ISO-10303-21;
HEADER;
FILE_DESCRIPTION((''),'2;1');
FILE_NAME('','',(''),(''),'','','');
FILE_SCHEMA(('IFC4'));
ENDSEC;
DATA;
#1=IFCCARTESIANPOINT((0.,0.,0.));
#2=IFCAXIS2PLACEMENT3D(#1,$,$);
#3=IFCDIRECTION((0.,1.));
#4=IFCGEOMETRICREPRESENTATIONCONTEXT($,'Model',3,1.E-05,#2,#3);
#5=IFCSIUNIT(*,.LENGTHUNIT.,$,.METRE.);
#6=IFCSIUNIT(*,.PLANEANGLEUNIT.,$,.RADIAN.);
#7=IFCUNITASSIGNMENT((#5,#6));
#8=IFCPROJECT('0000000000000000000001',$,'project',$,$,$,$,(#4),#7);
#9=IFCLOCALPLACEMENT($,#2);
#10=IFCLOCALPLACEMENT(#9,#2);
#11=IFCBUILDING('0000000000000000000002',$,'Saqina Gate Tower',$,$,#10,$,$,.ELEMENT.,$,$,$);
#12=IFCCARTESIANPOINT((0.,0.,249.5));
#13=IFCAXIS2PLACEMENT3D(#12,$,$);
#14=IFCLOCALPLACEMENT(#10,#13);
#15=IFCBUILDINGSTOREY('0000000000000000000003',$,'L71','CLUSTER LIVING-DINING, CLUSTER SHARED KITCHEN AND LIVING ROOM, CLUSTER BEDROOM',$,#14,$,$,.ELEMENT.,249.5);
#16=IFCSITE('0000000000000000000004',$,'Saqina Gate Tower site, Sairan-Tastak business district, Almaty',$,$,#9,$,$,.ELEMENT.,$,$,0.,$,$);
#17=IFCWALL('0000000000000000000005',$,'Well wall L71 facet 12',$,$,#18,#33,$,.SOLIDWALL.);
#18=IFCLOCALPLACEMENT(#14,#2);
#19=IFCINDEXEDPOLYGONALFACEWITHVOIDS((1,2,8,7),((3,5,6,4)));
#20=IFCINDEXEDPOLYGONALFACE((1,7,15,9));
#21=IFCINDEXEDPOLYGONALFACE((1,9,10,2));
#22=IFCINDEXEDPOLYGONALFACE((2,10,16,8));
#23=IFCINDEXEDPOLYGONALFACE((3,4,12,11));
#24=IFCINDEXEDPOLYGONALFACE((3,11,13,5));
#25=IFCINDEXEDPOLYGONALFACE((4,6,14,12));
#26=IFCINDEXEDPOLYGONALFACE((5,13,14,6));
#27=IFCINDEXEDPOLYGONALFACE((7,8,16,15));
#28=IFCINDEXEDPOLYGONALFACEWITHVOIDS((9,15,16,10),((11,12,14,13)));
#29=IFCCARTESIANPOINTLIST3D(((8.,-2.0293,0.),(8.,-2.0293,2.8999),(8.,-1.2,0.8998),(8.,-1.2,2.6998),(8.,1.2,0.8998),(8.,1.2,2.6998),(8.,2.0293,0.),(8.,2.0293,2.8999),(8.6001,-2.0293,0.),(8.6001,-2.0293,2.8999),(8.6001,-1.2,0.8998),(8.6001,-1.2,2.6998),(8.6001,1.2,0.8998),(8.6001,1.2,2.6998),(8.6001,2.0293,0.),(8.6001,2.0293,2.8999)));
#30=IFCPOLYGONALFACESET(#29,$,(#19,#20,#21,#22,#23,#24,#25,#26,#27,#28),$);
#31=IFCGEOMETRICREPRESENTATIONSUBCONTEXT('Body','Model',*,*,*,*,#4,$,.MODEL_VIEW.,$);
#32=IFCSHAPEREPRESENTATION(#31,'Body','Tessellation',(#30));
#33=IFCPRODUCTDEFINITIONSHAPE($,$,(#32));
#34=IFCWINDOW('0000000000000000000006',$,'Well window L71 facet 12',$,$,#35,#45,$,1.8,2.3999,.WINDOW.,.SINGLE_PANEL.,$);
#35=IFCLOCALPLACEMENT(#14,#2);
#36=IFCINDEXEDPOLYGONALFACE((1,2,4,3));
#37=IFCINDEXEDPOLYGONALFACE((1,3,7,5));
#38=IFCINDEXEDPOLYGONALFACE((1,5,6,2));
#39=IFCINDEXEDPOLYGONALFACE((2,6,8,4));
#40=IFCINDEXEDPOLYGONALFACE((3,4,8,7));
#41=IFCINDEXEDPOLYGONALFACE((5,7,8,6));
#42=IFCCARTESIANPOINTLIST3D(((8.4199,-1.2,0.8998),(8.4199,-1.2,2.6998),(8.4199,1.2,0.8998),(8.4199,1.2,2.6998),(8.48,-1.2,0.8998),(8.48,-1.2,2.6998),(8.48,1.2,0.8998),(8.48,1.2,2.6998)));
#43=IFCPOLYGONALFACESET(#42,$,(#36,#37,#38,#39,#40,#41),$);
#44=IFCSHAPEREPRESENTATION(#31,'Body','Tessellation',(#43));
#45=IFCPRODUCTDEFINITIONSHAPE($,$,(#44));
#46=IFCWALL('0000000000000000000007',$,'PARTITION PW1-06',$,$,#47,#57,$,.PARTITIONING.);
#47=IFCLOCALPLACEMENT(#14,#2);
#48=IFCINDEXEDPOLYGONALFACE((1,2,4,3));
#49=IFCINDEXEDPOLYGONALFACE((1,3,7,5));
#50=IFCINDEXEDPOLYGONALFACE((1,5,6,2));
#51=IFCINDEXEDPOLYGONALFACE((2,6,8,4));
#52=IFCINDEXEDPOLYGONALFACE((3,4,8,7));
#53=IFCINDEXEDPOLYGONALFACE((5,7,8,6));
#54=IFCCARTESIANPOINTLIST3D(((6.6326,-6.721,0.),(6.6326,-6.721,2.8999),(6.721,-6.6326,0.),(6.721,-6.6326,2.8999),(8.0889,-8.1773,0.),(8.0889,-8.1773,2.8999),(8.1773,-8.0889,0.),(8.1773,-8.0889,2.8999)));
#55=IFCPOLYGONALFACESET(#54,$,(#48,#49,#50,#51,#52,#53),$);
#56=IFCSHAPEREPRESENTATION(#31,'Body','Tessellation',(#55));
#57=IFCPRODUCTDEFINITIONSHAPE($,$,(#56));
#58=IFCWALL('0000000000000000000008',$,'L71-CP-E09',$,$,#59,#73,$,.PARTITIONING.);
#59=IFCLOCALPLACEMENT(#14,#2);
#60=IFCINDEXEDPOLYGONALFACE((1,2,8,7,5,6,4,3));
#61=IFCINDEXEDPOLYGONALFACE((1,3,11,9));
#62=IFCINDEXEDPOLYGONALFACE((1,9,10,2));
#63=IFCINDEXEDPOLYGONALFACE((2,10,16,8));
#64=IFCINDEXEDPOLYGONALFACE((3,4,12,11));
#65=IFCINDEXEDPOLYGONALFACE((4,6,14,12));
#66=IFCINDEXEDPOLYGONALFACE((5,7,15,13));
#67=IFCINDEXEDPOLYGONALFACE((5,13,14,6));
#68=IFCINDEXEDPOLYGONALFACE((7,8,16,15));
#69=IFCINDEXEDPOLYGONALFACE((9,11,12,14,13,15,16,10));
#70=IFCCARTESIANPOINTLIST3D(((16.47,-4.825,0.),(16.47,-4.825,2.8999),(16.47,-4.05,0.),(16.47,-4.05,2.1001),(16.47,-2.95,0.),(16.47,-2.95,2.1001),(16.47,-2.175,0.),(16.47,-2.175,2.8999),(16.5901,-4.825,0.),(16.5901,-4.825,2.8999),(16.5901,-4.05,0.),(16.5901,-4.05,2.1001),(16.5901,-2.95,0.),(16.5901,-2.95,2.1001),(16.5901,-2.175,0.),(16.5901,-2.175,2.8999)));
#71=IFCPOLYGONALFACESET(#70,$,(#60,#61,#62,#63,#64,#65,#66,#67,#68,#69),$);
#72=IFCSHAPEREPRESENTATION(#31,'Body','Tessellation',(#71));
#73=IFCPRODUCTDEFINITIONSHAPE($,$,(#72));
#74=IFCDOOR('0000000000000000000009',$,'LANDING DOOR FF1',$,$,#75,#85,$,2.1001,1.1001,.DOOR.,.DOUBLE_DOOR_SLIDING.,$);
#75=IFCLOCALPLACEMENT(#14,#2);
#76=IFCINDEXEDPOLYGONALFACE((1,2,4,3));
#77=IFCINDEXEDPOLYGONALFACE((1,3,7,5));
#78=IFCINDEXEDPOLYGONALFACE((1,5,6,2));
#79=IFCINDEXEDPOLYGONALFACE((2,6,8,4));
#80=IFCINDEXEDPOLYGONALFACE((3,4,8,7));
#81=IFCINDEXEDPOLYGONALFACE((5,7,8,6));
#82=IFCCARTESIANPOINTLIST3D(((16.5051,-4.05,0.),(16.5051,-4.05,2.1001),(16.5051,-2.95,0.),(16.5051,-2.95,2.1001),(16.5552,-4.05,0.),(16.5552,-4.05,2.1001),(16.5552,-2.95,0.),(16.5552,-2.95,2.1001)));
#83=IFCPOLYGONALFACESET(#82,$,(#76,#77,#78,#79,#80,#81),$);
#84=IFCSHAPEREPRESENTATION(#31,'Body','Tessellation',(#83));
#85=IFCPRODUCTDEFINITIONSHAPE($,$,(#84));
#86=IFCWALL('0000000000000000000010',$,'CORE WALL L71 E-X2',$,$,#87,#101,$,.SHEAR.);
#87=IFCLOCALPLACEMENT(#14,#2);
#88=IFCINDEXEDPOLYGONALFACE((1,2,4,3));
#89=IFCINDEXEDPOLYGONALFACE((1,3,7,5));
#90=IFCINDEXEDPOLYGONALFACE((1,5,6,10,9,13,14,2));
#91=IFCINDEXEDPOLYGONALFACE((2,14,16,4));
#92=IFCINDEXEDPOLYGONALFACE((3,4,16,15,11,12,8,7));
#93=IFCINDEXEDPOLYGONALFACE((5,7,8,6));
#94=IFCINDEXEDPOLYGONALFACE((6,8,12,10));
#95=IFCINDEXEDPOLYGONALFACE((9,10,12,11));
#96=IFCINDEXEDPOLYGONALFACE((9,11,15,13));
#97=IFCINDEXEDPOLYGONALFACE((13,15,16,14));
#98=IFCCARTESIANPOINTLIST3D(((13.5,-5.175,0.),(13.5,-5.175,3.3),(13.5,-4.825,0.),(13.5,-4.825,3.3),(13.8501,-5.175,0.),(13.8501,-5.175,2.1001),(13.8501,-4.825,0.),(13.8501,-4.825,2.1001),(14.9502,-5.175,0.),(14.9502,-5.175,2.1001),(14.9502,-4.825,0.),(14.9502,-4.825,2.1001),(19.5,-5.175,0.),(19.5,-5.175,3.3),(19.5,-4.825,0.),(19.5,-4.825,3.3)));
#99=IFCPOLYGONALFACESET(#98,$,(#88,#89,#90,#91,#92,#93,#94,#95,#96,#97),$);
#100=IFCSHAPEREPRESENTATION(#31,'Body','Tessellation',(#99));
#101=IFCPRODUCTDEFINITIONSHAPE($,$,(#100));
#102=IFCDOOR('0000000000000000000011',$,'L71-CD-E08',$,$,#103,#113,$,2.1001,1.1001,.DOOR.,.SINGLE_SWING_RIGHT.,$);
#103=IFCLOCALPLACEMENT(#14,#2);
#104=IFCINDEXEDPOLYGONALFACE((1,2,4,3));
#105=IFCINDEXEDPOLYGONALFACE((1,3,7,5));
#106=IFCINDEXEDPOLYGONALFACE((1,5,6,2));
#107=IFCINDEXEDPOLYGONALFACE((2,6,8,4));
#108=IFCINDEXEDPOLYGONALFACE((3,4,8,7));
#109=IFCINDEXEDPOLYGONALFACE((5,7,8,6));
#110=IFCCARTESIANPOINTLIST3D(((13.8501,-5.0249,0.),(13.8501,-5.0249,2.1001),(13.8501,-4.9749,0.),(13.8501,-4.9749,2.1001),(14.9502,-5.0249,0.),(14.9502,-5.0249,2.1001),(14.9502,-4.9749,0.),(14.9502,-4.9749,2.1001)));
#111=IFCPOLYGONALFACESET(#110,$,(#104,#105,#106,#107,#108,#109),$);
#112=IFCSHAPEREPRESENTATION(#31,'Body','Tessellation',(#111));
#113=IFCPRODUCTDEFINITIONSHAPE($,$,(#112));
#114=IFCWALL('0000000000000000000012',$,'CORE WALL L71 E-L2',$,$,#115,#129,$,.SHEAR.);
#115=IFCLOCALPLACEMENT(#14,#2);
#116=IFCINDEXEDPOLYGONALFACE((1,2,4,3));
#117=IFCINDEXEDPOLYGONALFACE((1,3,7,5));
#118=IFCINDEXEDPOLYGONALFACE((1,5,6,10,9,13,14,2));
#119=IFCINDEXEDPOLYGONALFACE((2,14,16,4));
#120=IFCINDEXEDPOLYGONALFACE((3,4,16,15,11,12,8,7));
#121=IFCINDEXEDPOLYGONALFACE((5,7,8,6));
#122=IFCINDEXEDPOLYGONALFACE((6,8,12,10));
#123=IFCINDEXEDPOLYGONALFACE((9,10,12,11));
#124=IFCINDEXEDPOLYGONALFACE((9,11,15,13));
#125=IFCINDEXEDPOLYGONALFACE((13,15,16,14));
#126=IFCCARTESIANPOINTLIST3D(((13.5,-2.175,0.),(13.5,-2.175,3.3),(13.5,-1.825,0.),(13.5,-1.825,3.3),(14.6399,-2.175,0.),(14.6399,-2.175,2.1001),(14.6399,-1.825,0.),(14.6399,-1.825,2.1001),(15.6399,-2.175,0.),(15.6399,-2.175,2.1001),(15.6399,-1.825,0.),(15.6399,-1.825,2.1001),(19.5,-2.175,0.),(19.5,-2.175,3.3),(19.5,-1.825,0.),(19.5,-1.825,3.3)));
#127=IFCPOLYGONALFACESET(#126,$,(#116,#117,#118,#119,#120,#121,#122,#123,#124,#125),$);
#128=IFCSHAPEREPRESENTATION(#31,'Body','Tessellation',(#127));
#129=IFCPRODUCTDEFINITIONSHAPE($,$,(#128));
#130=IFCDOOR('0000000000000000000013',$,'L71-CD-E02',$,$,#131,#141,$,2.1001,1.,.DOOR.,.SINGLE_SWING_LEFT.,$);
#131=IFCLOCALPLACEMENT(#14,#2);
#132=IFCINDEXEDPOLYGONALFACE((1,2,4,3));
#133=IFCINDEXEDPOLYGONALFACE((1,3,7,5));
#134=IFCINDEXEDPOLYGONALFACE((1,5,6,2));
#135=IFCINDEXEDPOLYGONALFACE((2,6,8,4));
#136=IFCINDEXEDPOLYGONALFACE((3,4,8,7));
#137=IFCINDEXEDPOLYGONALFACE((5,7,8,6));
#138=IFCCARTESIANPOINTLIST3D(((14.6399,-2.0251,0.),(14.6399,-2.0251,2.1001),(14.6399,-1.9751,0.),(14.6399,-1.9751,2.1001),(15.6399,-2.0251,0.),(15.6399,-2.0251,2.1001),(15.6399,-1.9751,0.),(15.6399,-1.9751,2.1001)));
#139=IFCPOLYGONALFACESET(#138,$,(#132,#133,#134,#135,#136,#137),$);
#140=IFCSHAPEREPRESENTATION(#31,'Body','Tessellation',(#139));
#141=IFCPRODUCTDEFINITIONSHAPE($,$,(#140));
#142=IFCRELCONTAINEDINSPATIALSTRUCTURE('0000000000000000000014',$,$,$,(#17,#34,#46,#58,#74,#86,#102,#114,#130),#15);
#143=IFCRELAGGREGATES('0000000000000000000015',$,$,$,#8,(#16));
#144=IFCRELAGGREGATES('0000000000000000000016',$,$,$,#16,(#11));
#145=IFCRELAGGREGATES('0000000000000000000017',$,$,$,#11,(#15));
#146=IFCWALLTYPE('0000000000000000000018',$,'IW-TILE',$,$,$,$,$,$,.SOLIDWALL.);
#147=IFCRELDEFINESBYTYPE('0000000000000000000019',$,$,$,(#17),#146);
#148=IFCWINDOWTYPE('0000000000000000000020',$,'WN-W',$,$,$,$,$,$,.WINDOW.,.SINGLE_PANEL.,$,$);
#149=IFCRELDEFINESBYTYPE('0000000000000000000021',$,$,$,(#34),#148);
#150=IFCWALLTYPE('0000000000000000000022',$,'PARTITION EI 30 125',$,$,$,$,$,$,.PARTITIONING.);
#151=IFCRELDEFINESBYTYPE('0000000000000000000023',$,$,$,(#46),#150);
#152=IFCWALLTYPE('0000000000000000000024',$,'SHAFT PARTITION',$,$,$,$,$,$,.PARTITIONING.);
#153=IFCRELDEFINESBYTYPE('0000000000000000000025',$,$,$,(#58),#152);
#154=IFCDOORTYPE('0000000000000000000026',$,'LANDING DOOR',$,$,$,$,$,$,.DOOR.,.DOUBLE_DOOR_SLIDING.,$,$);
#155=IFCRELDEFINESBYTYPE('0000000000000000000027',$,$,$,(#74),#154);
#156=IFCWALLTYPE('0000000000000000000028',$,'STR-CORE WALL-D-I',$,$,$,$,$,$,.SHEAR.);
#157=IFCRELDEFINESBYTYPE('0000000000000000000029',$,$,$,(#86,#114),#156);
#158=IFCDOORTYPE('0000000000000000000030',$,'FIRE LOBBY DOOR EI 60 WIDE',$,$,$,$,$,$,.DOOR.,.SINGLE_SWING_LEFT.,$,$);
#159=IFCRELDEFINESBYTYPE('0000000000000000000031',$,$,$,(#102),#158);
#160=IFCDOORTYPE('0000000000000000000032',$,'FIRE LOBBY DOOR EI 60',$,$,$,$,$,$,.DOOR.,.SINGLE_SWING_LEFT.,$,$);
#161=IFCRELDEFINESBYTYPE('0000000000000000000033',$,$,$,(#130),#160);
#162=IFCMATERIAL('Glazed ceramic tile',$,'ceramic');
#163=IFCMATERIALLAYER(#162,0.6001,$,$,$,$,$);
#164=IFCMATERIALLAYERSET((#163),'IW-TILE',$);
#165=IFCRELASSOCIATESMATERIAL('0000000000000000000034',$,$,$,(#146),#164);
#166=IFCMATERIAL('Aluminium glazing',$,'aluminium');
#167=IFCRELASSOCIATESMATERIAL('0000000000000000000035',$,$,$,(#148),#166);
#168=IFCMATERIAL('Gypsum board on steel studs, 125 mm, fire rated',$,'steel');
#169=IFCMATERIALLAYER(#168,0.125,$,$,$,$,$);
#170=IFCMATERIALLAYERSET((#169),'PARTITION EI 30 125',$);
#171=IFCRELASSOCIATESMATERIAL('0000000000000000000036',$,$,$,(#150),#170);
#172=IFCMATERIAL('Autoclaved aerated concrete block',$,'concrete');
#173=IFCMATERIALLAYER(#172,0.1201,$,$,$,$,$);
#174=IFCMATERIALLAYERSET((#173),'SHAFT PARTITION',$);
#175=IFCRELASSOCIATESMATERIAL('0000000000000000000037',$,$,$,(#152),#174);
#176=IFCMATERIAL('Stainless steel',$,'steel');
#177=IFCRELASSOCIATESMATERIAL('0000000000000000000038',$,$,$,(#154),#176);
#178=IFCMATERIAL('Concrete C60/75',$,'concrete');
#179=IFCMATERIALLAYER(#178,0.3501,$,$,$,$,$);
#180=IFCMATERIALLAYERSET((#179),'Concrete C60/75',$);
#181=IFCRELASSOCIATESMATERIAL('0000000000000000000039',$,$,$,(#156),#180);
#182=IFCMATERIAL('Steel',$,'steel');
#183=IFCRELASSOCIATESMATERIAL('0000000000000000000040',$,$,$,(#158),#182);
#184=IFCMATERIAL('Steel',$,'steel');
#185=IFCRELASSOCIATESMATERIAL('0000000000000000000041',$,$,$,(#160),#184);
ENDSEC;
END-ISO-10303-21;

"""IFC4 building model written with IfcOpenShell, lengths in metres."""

from ifc_helpers import new_model, si_unit, direction, frame, frame_2d, origin, place, context, subcontext, project, spatial, rectangle, extrude, material, layer, layer_set, type_object, element, fill, save


model = new_model("IFC4")

# Units and contexts
model_context = context("Model", 3, precision=1e-05, world=origin(), true_north=direction((0.0, 1.0)))
body_context = subcontext(model_context, "Body", "Model", "MODEL_VIEW")
ifc_project = project(units=[si_unit("LENGTHUNIT", "METRE"), si_unit("PLANEANGLEUNIT", "RADIAN")], contexts=[model_context])

# Site, building, storey
site_placement = place(None, origin())
site = spatial("IfcSite", under=ifc_project, at=site_placement, Name="Saqina Gate Tower site, Sairan-Tastak business district, Almaty", CompositionType="ELEMENT", RefElevation=0.0)
building_placement = place(site_placement, origin())
building = spatial("IfcBuilding", under=site, at=building_placement, Name="Saqina Gate Tower", CompositionType="ELEMENT")
storey_placement = place(building_placement, frame((0.0, 0.0, 249.5)))
storey = spatial("IfcBuildingStorey", under=building, at=storey_placement, Name="L71", Description="CLUSTER LIVING-DINING, CLUSTER SHARED KITCHEN AND LIVING ROOM, CLUSTER BEDROOM", CompositionType="ELEMENT", Elevation=249.5)

# Wall, opening, window
ifc_material_1 = material(Name="Glazed ceramic tile", Category="ceramic")
ifc_layer_1 = layer(ifc_material_1, 0.6001)
ifc_layer_set_1 = layer_set([ifc_layer_1], Name="IW-TILE")
wall_type_1 = type_object("IfcWallType", Name="IW-TILE", PredefinedType="SOLIDWALL", material=ifc_layer_set_1)
ifc_material_2 = material(Name="Aluminium glazing", Category="aluminium")
window_type = type_object("IfcWindowType", Name="WN-W", PartitioningType="SINGLE_PANEL", PredefinedType="WINDOW", material=ifc_material_2)
wall_1_placement = place(storey_placement, frame((8.3, -2.0293, 0.0), z_axis=(0.0, 0.0, 1.0), x_axis=(0.0, 1.0, 0.0)))
wall_1 = element("IfcWall", 1, at=wall_1_placement, inside=storey, type_object=wall_type_1, Name="Well wall L71 facet 12", PredefinedType="SOLIDWALL", context=body_context, shape_type="SweptSolid", body=[
    extrude(rectangle(XDim=4.0586, YDim=0.6001, at=frame_2d((2.0293, 0.0))), origin(), (0.0, 0.0, 1.0), 2.8999),
])
opening_1_placement = place(wall_1_placement, frame((0.8293, 0.0, 0.8999)))
opening_1 = element("IfcOpeningElement", 2, at=opening_1_placement, cuts=wall_1, PredefinedType="OPENING", context=body_context, shape_type="SweptSolid", body=[
    extrude(rectangle(XDim=2.3999, YDim=1.8, at=frame_2d((1.2, 0.8999))), frame((0.0, 0.312, 0.0), z_axis=(0.0, -1.0, 0.0), x_axis=(1.0, 0.0, 0.0)), (0.0, 0.0, 1.0), 0.624),
])
window_1_placement = place(opening_1_placement, origin())
window_1 = element("IfcWindow", 3, at=window_1_placement, inside=storey, type_object=window_type, Name="Well window L71 facet 12", OverallHeight=1.8, OverallWidth=2.3999, PartitioningType="SINGLE_PANEL", PredefinedType="WINDOW", context=body_context, shape_type="SweptSolid", body=[
    extrude(rectangle(XDim=2.3999, YDim=1.8, at=frame_2d((1.2, 0.8999))), frame((0.0, -0.1199, 0.0), z_axis=(0.0, -1.0, 0.0), x_axis=(1.0, 0.0, 0.0)), (0.0, 0.0, 1.0), 0.0601),
])
fill(opening_1, window_1)

# Wall
ifc_material_3 = material(Name="Gypsum board on steel studs, 125 mm, fire rated", Category="steel")
ifc_layer_2 = layer(ifc_material_3, 0.125)
ifc_layer_set_2 = layer_set([ifc_layer_2], Name="PARTITION EI 30 125")
wall_type_2 = type_object("IfcWallType", Name="PARTITION EI 30 125", PredefinedType="PARTITIONING", material=ifc_layer_set_2)
wall_2_placement = place(storey_placement, frame((6.6768, -6.6768, 0.0), z_axis=(0.0, 0.0, 1.0), x_axis=(0.707107, -0.707107, 0.0)))
element("IfcWall", 4, at=wall_2_placement, inside=storey, type_object=wall_type_2, Name="PARTITION PW1-06", PredefinedType="PARTITIONING", context=body_context, shape_type="SweptSolid", body=[
    extrude(rectangle(XDim=2.0596, YDim=0.125, at=frame_2d((1.0298, 0.0))), origin(), (0.0, 0.0, 1.0), 2.8999),
])

# Walls, openings, doors
ifc_material_4 = material(Name="Autoclaved aerated concrete block", Category="concrete")
ifc_layer_3 = layer(ifc_material_4, 0.1201)
ifc_layer_set_3 = layer_set([ifc_layer_3], Name="SHAFT PARTITION")
wall_type_3 = type_object("IfcWallType", Name="SHAFT PARTITION", PredefinedType="PARTITIONING", material=ifc_layer_set_3)
wall_3_placement = place(storey_placement, frame((16.53, -4.825, 0.0), z_axis=(0.0, 0.0, 1.0), x_axis=(0.0, 1.0, 0.0)))
wall_3 = element("IfcWall", 5, at=wall_3_placement, inside=storey, type_object=wall_type_3, Name="L71-CP-E09", PredefinedType="PARTITIONING", context=body_context, shape_type="SweptSolid", body=[
    extrude(rectangle(XDim=2.6499, YDim=0.1201, at=frame_2d((1.325, 0.0))), origin(), (0.0, 0.0, 1.0), 2.8999),
])
opening_2_placement = place(wall_3_placement, frame((0.7749, 0.0, 0.0)))
opening_2 = element("IfcOpeningElement", 6, at=opening_2_placement, cuts=wall_3, PredefinedType="OPENING", context=body_context, shape_type="SweptSolid", body=[
    extrude(rectangle(XDim=1.1001, YDim=2.1001, at=frame_2d((0.55, 1.05))), frame((0.0, 0.072, 0.0), z_axis=(0.0, -1.0, 0.0), x_axis=(1.0, 0.0, 0.0)), (0.0, 0.0, 1.0), 0.144),
])
ifc_material_5 = material(Name="Stainless steel", Category="steel")
door_type_1 = type_object("IfcDoorType", Name="LANDING DOOR", OperationType="DOUBLE_DOOR_SLIDING", PredefinedType="DOOR", material=ifc_material_5)
door_1_placement = place(opening_2_placement, origin())
door_1 = element("IfcDoor", 7, at=door_1_placement, inside=storey, type_object=door_type_1, Name="LANDING DOOR FF1", OperationType="DOUBLE_DOOR_SLIDING", OverallHeight=2.1001, OverallWidth=1.1001, PredefinedType="DOOR", context=body_context, shape_type="SweptSolid", body=[
    extrude(rectangle(XDim=1.1001, YDim=2.1001, at=frame_2d((0.55, 1.05))), frame((0.0, 0.0249, 0.0), z_axis=(0.0, -1.0, 0.0), x_axis=(1.0, 0.0, 0.0)), (0.0, 0.0, 1.0), 0.05),
])
fill(opening_2, door_1)
ifc_material_6 = material(Name="Concrete C60/75", Category="concrete")
ifc_layer_4 = layer(ifc_material_6, 0.3501)
ifc_layer_set_4 = layer_set([ifc_layer_4], Name="Concrete C60/75")
wall_type_4 = type_object("IfcWallType", Name="STR-CORE WALL-D-I", PredefinedType="SHEAR", material=ifc_layer_set_4)
wall_4_placement = place(storey_placement, frame((13.5, -5.0, 0.0), z_axis=(0.0, 0.0, 1.0), x_axis=(1.0, 0.0, 0.0)))
wall_4 = element("IfcWall", 8, at=wall_4_placement, inside=storey, type_object=wall_type_4, Name="CORE WALL L71 E-X2", PredefinedType="SHEAR", context=body_context, shape_type="SweptSolid", body=[
    extrude(rectangle(XDim=6.0, YDim=0.3501, at=frame_2d((3.0, 0.0))), origin(), (0.0, 0.0, 1.0), 3.3),
])
opening_3_placement = place(wall_4_placement, frame((0.3501, 0.0, 0.0)))
opening_3 = element("IfcOpeningElement", 9, at=opening_3_placement, cuts=wall_4, PredefinedType="OPENING", context=body_context, shape_type="SweptSolid", body=[
    extrude(rectangle(XDim=1.1001, YDim=2.1001, at=frame_2d((0.55, 1.05))), frame((0.0, 0.187, 0.0), z_axis=(0.0, -1.0, 0.0), x_axis=(1.0, 0.0, 0.0)), (0.0, 0.0, 1.0), 0.374),
])
ifc_material_7 = material(Name="Steel", Category="steel")
door_type_2 = type_object("IfcDoorType", Name="FIRE LOBBY DOOR EI 60 WIDE", OperationType="SINGLE_SWING_LEFT", PredefinedType="DOOR", material=ifc_material_7)
door_2_placement = place(opening_3_placement, frame((1.1001, 0.0, 0.0), z_axis=(0.0, 0.0, 1.0), x_axis=(-1.0, 0.0, 0.0)))
door_2 = element("IfcDoor", 10, at=door_2_placement, inside=storey, type_object=door_type_2, Name="L71-CD-E08", OperationType="SINGLE_SWING_RIGHT", OverallHeight=2.1001, OverallWidth=1.1001, PredefinedType="DOOR", context=body_context, shape_type="SweptSolid", body=[
    extrude(rectangle(XDim=1.1001, YDim=2.1001, at=frame_2d((0.55, 1.05))), frame((0.0, 0.0249, 0.0), z_axis=(0.0, -1.0, 0.0), x_axis=(1.0, 0.0, 0.0)), (0.0, 0.0, 1.0), 0.05),
])
fill(opening_3, door_2)
wall_5_placement = place(storey_placement, frame((13.5, -2.0, 0.0), z_axis=(0.0, 0.0, 1.0), x_axis=(1.0, 0.0, 0.0)))
wall_5 = element("IfcWall", 11, at=wall_5_placement, inside=storey, type_object=wall_type_4, Name="CORE WALL L71 E-L2", PredefinedType="SHEAR", context=body_context, shape_type="SweptSolid", body=[
    extrude(rectangle(XDim=6.0, YDim=0.3501, at=frame_2d((3.0, 0.0))), origin(), (0.0, 0.0, 1.0), 3.3),
])
opening_4_placement = place(wall_5_placement, frame((1.1399, 0.0, 0.0)))
opening_4 = element("IfcOpeningElement", 12, at=opening_4_placement, cuts=wall_5, PredefinedType="OPENING", context=body_context, shape_type="SweptSolid", body=[
    extrude(rectangle(XDim=1.0, YDim=2.1001, at=frame_2d((0.5, 1.05))), frame((0.0, 0.187, 0.0), z_axis=(0.0, -1.0, 0.0), x_axis=(1.0, 0.0, 0.0)), (0.0, 0.0, 1.0), 0.374),
])
ifc_material_8 = material(Name="Steel", Category="steel")
door_type_3 = type_object("IfcDoorType", Name="FIRE LOBBY DOOR EI 60", OperationType="SINGLE_SWING_LEFT", PredefinedType="DOOR", material=ifc_material_8)
door_3_placement = place(opening_4_placement, origin())
door_3 = element("IfcDoor", 13, at=door_3_placement, inside=storey, type_object=door_type_3, Name="L71-CD-E02", OperationType="SINGLE_SWING_LEFT", OverallHeight=2.1001, OverallWidth=1.0, PredefinedType="DOOR", context=body_context, shape_type="SweptSolid", body=[
    extrude(rectangle(XDim=1.0, YDim=2.1001, at=frame_2d((0.5, 1.05))), frame((0.0, 0.0249, 0.0), z_axis=(0.0, -1.0, 0.0), x_axis=(1.0, 0.0, 0.0)), (0.0, 0.0, 1.0), 0.05),
])
fill(opening_4, door_3)

save(model, "model.ifc")
